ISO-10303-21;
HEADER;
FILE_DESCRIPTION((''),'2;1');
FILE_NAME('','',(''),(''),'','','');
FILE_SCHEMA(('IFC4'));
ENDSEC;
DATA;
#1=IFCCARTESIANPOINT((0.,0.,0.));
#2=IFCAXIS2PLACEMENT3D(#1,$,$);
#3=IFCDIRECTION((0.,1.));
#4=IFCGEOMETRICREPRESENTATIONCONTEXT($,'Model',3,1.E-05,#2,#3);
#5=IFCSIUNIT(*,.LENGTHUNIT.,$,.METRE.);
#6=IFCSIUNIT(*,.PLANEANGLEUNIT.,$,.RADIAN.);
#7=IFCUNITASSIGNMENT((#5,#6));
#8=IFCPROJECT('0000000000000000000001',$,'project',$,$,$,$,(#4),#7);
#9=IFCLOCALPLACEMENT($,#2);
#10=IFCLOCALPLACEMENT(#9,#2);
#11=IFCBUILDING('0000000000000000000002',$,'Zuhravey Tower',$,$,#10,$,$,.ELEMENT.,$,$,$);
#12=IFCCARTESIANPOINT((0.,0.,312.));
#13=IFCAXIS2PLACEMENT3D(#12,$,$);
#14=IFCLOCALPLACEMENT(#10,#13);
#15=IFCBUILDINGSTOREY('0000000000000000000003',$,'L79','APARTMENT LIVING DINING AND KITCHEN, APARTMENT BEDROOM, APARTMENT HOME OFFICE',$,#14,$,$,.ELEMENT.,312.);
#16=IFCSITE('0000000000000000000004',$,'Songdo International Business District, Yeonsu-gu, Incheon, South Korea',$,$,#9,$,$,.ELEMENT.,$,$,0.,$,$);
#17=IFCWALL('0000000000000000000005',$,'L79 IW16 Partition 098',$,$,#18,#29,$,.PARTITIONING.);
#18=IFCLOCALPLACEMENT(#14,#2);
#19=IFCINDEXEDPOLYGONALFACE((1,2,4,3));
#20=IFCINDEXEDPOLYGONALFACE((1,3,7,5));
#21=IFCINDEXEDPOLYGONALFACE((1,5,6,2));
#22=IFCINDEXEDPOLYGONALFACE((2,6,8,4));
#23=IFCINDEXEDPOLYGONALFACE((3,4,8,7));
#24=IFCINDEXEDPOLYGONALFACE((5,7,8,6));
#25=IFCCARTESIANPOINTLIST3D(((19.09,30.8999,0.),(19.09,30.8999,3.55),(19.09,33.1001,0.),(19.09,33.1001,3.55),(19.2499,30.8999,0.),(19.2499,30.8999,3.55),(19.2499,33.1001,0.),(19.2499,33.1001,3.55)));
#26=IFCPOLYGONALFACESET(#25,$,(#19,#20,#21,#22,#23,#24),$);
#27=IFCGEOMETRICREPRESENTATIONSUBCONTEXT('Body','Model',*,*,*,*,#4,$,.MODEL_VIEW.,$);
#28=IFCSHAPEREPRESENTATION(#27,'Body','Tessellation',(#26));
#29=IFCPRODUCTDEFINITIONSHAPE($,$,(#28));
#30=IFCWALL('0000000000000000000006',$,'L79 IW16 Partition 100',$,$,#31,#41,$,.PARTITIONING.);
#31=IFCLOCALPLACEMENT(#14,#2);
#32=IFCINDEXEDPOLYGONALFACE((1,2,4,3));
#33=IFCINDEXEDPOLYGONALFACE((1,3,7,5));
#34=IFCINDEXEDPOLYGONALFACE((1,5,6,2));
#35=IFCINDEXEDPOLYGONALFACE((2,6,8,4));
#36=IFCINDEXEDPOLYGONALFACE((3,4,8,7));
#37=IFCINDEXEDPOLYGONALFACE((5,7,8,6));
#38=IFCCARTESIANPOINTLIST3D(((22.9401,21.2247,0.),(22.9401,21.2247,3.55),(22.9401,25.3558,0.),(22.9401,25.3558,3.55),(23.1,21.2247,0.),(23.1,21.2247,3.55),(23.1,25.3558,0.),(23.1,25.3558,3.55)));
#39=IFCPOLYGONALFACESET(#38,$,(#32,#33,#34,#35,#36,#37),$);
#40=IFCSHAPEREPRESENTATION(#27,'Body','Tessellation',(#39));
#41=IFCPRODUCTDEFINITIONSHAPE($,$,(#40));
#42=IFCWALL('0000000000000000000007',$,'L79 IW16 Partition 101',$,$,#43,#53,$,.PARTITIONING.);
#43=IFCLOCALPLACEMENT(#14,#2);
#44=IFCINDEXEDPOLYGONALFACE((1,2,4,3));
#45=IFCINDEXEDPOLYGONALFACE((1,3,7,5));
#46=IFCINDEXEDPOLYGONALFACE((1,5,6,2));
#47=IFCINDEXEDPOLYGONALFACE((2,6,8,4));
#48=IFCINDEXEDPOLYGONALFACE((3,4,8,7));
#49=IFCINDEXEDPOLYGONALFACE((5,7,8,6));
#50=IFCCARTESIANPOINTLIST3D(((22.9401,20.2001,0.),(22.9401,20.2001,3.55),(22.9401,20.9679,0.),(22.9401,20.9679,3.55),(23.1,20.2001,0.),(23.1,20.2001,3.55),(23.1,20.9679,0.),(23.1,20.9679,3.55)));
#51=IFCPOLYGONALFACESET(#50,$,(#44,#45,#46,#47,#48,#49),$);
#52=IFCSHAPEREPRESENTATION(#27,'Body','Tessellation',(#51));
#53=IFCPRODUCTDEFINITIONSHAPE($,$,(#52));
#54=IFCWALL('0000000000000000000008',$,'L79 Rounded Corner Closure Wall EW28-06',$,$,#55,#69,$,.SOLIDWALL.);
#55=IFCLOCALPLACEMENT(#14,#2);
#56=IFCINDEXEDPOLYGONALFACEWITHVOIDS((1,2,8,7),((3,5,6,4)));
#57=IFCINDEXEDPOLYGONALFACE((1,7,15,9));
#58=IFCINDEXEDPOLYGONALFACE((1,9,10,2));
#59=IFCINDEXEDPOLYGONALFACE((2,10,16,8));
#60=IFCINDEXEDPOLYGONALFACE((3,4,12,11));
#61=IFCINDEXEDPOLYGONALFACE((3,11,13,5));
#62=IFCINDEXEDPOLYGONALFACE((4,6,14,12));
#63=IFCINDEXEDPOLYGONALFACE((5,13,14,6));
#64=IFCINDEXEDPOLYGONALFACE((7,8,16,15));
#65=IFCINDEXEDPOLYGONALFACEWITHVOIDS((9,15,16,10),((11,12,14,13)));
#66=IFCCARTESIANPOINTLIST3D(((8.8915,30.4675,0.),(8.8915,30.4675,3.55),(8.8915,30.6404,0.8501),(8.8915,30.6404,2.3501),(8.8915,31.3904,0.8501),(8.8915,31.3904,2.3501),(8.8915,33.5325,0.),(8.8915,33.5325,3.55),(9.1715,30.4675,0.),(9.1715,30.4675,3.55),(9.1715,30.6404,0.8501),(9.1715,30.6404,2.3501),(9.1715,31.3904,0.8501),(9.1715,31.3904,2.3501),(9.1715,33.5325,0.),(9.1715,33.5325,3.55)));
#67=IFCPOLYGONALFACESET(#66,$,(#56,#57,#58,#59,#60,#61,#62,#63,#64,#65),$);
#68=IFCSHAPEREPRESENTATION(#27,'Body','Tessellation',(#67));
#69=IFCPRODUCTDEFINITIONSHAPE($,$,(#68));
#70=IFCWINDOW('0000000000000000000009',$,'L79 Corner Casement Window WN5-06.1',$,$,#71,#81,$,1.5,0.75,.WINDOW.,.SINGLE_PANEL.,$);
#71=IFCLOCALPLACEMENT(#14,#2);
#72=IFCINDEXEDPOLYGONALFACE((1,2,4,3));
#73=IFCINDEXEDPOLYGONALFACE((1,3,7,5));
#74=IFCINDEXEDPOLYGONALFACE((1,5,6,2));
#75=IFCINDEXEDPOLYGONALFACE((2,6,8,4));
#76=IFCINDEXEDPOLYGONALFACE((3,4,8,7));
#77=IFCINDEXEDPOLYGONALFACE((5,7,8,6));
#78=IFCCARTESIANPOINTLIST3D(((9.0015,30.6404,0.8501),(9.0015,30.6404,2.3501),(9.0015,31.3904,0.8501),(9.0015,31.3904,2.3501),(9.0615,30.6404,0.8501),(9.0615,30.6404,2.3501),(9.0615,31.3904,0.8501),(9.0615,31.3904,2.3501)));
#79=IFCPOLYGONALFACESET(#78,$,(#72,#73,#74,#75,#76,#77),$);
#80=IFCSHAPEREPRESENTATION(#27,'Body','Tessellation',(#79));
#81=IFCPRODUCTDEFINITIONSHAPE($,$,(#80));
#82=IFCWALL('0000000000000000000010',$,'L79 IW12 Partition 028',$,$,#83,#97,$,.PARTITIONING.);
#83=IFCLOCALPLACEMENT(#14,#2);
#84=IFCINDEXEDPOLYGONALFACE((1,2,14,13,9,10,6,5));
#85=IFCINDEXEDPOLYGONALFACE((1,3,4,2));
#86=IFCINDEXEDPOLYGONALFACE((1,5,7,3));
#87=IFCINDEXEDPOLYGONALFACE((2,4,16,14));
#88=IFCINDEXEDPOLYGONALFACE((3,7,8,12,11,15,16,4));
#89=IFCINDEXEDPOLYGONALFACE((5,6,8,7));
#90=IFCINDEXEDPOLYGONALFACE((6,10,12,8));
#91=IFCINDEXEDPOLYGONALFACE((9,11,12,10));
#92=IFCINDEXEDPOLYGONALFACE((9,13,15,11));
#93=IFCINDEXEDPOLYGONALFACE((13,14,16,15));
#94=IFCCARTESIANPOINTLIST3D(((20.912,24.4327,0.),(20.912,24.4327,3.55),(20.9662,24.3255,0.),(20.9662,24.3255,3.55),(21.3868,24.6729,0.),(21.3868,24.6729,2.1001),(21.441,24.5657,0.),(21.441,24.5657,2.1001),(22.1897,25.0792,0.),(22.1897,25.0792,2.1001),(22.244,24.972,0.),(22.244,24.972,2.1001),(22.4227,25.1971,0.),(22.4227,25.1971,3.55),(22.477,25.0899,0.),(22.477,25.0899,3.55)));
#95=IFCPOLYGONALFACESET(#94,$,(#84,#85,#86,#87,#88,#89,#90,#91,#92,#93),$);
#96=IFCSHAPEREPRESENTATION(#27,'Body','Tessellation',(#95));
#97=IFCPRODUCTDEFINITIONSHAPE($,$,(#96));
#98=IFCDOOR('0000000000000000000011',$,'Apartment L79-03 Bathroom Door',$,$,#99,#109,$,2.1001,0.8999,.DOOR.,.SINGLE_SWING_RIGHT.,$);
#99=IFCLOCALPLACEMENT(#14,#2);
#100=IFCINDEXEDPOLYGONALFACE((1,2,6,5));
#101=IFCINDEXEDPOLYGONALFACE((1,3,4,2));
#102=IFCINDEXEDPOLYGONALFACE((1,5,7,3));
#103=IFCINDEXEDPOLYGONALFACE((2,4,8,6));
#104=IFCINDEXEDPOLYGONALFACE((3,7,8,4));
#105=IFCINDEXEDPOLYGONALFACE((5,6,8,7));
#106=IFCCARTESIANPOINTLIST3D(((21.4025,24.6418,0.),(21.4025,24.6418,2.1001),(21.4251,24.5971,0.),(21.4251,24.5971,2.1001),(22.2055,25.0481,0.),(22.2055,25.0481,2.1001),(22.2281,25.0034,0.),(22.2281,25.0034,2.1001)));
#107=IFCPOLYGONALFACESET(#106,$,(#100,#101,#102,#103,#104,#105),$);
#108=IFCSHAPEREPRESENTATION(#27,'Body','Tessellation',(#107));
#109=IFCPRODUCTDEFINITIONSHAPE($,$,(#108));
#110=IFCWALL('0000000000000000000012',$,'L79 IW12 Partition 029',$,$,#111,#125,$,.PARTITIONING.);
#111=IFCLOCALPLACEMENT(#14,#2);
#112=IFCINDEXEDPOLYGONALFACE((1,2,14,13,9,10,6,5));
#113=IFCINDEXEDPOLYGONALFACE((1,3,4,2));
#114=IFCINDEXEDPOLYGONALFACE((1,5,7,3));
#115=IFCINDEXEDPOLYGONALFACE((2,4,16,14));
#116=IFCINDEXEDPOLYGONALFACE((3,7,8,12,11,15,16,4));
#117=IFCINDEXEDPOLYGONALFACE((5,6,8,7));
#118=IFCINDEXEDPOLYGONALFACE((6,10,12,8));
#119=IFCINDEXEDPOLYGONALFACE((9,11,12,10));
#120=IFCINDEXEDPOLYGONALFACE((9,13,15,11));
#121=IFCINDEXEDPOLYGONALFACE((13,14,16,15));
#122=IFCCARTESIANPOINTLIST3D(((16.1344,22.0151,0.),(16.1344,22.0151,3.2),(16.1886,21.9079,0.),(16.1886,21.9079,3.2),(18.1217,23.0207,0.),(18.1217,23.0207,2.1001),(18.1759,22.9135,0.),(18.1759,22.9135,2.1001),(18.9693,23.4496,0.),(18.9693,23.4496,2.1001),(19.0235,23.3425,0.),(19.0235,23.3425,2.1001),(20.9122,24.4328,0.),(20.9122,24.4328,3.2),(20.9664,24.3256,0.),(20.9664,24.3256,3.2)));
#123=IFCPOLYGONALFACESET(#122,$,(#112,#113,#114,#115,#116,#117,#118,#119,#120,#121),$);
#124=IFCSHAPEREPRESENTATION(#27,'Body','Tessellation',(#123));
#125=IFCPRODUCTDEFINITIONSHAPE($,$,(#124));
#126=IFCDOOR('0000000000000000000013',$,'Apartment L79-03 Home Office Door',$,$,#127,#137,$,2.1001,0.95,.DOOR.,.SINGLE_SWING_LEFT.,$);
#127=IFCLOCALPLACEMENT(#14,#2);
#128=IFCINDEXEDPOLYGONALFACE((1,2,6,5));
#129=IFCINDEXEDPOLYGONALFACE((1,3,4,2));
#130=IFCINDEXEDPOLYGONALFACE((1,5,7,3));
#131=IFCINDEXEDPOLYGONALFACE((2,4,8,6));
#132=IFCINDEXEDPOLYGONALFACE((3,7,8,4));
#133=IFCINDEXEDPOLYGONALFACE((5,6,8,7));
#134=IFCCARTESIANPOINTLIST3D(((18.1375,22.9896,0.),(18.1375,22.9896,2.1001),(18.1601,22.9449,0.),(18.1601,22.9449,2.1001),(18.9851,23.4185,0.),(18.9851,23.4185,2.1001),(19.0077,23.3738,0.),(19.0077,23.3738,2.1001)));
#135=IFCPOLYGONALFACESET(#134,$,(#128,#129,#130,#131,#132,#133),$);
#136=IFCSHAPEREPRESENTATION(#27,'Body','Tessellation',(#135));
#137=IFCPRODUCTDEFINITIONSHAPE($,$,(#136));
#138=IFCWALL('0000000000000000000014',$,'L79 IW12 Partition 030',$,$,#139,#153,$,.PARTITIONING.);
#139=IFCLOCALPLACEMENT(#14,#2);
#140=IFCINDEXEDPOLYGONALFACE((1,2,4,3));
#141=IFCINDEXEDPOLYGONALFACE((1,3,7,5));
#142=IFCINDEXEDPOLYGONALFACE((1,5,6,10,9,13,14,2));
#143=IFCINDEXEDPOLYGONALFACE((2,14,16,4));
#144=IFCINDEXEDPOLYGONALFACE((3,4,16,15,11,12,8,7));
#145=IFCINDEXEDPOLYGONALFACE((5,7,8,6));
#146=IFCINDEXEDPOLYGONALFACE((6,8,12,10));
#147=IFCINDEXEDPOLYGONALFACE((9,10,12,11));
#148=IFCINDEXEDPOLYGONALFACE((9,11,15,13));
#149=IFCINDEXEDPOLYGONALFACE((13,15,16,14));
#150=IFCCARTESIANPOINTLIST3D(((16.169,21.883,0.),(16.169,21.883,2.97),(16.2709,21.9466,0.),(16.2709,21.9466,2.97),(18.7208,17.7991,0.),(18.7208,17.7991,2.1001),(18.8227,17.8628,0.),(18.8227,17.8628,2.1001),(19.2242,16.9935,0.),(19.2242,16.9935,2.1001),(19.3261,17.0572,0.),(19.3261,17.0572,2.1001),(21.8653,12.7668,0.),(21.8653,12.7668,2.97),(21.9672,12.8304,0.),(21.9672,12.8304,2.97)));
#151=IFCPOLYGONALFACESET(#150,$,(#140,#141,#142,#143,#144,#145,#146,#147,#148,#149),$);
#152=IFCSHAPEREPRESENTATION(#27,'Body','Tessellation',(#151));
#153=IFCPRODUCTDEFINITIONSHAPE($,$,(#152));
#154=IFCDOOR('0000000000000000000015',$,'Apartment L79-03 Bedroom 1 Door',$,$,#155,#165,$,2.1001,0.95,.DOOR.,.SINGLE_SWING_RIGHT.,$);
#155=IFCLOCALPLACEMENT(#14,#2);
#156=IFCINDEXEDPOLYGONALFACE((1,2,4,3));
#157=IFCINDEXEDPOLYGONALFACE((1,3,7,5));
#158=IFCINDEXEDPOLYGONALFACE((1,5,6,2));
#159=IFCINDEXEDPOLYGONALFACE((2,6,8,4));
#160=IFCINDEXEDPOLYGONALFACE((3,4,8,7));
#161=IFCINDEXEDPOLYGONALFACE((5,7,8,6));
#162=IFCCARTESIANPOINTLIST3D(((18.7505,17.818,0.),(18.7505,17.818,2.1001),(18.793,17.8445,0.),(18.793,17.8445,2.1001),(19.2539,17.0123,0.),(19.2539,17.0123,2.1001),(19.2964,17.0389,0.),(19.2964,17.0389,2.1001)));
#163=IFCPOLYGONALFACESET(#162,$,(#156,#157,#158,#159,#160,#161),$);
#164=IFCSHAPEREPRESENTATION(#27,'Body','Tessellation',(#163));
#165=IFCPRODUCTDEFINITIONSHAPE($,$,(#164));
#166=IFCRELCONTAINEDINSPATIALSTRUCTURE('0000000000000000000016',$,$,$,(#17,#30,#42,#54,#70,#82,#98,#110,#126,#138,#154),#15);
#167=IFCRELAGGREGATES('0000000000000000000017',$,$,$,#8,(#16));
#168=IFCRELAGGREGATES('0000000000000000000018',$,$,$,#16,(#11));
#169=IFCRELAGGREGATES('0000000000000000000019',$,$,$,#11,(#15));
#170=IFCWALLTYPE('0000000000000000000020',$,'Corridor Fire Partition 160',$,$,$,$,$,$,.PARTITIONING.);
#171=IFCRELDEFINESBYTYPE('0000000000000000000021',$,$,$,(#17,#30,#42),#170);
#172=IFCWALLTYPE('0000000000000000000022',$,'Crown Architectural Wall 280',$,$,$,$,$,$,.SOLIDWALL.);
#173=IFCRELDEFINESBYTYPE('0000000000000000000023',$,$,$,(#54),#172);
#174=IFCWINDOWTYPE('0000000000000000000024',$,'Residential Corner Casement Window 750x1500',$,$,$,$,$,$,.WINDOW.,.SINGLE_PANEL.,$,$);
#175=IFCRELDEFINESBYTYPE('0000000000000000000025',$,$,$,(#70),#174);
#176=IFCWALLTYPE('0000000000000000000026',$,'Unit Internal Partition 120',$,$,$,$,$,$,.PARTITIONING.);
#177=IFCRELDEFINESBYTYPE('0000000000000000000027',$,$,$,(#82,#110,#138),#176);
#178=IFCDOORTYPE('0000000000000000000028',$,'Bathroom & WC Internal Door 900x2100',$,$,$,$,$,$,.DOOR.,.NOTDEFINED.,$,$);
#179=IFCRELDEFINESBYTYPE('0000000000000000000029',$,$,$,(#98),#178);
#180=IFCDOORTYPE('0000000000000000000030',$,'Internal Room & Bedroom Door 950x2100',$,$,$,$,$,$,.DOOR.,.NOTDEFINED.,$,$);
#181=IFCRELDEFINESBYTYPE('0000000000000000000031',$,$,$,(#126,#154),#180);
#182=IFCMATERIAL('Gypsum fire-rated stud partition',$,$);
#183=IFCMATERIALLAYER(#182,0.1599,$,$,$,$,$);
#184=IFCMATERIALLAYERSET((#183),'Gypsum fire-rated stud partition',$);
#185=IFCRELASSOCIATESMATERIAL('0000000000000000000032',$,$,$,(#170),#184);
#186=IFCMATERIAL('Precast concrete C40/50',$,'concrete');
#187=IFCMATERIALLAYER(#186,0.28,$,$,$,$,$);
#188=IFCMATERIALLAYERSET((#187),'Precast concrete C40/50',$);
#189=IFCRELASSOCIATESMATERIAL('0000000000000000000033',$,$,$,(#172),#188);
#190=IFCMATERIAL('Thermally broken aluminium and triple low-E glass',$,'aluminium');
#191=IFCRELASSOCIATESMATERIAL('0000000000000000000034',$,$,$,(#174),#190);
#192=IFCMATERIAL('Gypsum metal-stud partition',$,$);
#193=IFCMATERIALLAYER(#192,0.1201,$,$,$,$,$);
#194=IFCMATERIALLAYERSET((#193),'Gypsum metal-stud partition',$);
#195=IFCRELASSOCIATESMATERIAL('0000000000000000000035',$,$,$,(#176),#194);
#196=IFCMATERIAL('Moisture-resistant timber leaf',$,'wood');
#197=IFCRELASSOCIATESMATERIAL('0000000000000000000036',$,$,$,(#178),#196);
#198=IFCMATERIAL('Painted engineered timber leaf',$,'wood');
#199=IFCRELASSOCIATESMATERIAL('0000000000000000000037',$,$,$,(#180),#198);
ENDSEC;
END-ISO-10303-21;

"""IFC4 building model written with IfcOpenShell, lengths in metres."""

from ifc_helpers import new_model, si_unit, direction, frame, frame_2d, origin, place, context, subcontext, project, spatial, rectangle, extrude, material, layer, layer_set, type_object, element, fill, save


model = new_model("IFC4")

# Units and contexts
model_context = context("Model", 3, precision=1e-05, world=origin(), true_north=direction((0.0, 1.0)))
body_context = subcontext(model_context, "Body", "Model", "MODEL_VIEW")
ifc_project = project(units=[si_unit("LENGTHUNIT", "METRE"), si_unit("PLANEANGLEUNIT", "RADIAN")], contexts=[model_context])

# Site, building, storey
site_placement = place(None, origin())
site = spatial("IfcSite", under=ifc_project, at=site_placement, Name="Songdo International Business District, Yeonsu-gu, Incheon, South Korea", CompositionType="ELEMENT", RefElevation=0.0)
building_placement = place(site_placement, origin())
building = spatial("IfcBuilding", under=site, at=building_placement, Name="Zuhravey Tower", CompositionType="ELEMENT")
storey_placement = place(building_placement, frame((0.0, 0.0, 312.0)))
storey = spatial("IfcBuildingStorey", under=building, at=storey_placement, Name="L79", Description="APARTMENT LIVING DINING AND KITCHEN, APARTMENT BEDROOM, APARTMENT HOME OFFICE", CompositionType="ELEMENT", Elevation=312.0)

# Walls
ifc_material_1 = material(Name="Gypsum fire-rated stud partition")
ifc_layer_1 = layer(ifc_material_1, 0.1599)
ifc_layer_set_1 = layer_set([ifc_layer_1], Name="Gypsum fire-rated stud partition")
wall_type_1 = type_object("IfcWallType", Name="Corridor Fire Partition 160", PredefinedType="PARTITIONING", material=ifc_layer_set_1)
wall_1_placement = place(storey_placement, frame((19.1699, 33.1001, 0.0), z_axis=(0.0, 0.0, 1.0), x_axis=(0.0, -1.0, 0.0)))
element("IfcWall", 1, at=wall_1_placement, inside=storey, type_object=wall_type_1, Name="L79 IW16 Partition 098", PredefinedType="PARTITIONING", context=body_context, shape_type="SweptSolid", body=[
    extrude(rectangle(XDim=2.2002, YDim=0.1599, at=frame_2d((1.1001, 0.0))), origin(), (0.0, 0.0, 1.0), 3.55),
])
wall_2_placement = place(storey_placement, frame((23.02, 25.3557, 0.0), z_axis=(0.0, 0.0, 1.0), x_axis=(0.0, -1.0, 0.0)))
element("IfcWall", 2, at=wall_2_placement, inside=storey, type_object=wall_type_1, Name="L79 IW16 Partition 100", PredefinedType="PARTITIONING", context=body_context, shape_type="SweptSolid", body=[
    extrude(rectangle(XDim=4.1311, YDim=0.1599, at=frame_2d((2.0654, 0.0))), origin(), (0.0, 0.0, 1.0), 3.55),
])
wall_3_placement = place(storey_placement, frame((23.02, 20.9678, 0.0), z_axis=(0.0, 0.0, 1.0), x_axis=(0.0, -1.0, 0.0)))
element("IfcWall", 3, at=wall_3_placement, inside=storey, type_object=wall_type_1, Name="L79 IW16 Partition 101", PredefinedType="PARTITIONING", context=body_context, shape_type="SweptSolid", body=[
    extrude(rectangle(XDim=0.7678, YDim=0.1599, at=frame_2d((0.3838, 0.0))), origin(), (0.0, 0.0, 1.0), 3.55),
])

# Wall, opening, window
ifc_material_2 = material(Name="Precast concrete C40/50", Category="concrete")
ifc_layer_2 = layer(ifc_material_2, 0.28)
ifc_layer_set_2 = layer_set([ifc_layer_2], Name="Precast concrete C40/50")
wall_type_2 = type_object("IfcWallType", Name="Crown Architectural Wall 280", PredefinedType="SOLIDWALL", material=ifc_layer_set_2)
wall_4_placement = place(storey_placement, frame((9.0315, 30.4675, 0.0), z_axis=(0.0, 0.0, 1.0), x_axis=(0.0, 1.0, 0.0)))
wall_4 = element("IfcWall", 4, at=wall_4_placement, inside=storey, type_object=wall_type_2, Name="L79 Rounded Corner Closure Wall EW28-06", PredefinedType="SOLIDWALL", context=body_context, shape_type="SweptSolid", body=[
    extrude(rectangle(XDim=3.0649, YDim=0.28, at=frame_2d((1.5325, 0.0))), origin(), (0.0, 0.0, 1.0), 3.55),
])
opening_1_placement = place(wall_4_placement, frame((0.1729, 0.0, 0.8501)))
opening_1 = element("IfcOpeningElement", 5, at=opening_1_placement, cuts=wall_4, PredefinedType="OPENING", context=body_context, shape_type="SweptSolid", body=[
    extrude(rectangle(XDim=0.75, YDim=1.5, at=frame_2d((0.375, 0.75))), frame((0.0, 0.1521, 0.0), z_axis=(0.0, -1.0, 0.0), x_axis=(1.0, 0.0, 0.0)), (0.0, 0.0, 1.0), 0.304),
])
ifc_material_3 = material(Name="Thermally broken aluminium and triple low-E glass", Category="aluminium")
window_type = type_object("IfcWindowType", Name="Residential Corner Casement Window 750x1500", PartitioningType="SINGLE_PANEL", PredefinedType="WINDOW", material=ifc_material_3)
window_placement = place(opening_1_placement, origin())
window = element("IfcWindow", 6, at=window_placement, inside=storey, type_object=window_type, Name="L79 Corner Casement Window WN5-06.1", OverallHeight=1.5, OverallWidth=0.75, PartitioningType="SINGLE_PANEL", PredefinedType="WINDOW", context=body_context, shape_type="SweptSolid", body=[
    extrude(rectangle(XDim=0.75, YDim=1.5, at=frame_2d((0.375, 0.75))), frame((0.0, 0.03, 0.0), z_axis=(0.0, -1.0, 0.0), x_axis=(1.0, 0.0, 0.0)), (0.0, 0.0, 1.0), 0.0601),
])
fill(opening_1, window)

# Walls, openings, doors
ifc_material_4 = material(Name="Gypsum metal-stud partition")
ifc_layer_3 = layer(ifc_material_4, 0.1201)
ifc_layer_set_3 = layer_set([ifc_layer_3], Name="Gypsum metal-stud partition")
wall_type_3 = type_object("IfcWallType", Name="Unit Internal Partition 120", PredefinedType="PARTITIONING", material=ifc_layer_set_3)
wall_5_placement = place(storey_placement, frame((22.45, 25.1436, 0.0), z_axis=(0.0, 0.0, 1.0), x_axis=(-0.892283, -0.451477, 0.0)))
wall_5 = element("IfcWall", 7, at=wall_5_placement, inside=storey, type_object=wall_type_3, Name="L79 IW12 Partition 028", PredefinedType="PARTITIONING", context=body_context, shape_type="SweptSolid", body=[
    extrude(rectangle(XDim=1.6931, YDim=0.1201, at=frame_2d((0.8467, 0.0))), origin(), (0.0, 0.0, 1.0), 3.55),
])
opening_2_placement = place(wall_5_placement, frame((0.2612, 0.0, 0.0)))
opening_2 = element("IfcOpeningElement", 8, at=opening_2_placement, cuts=wall_5, PredefinedType="OPENING", context=body_context, shape_type="SweptSolid", body=[
    extrude(rectangle(XDim=0.8999, YDim=2.1001, at=frame_2d((0.45, 1.05))), frame((0.0, 0.072, 0.0), z_axis=(0.0, -1.0, 0.0), x_axis=(1.0, 0.0, 0.0)), (0.0, 0.0, 1.0), 0.144),
])
ifc_material_5 = material(Name="Moisture-resistant timber leaf", Category="wood")
door_type_1 = type_object("IfcDoorType", Name="Bathroom & WC Internal Door 900x2100", OperationType="NOTDEFINED", PredefinedType="DOOR", material=ifc_material_5)
door_1_placement = place(opening_2_placement, origin())
door_1 = element("IfcDoor", 9, at=door_1_placement, inside=storey, type_object=door_type_1, Name="Apartment L79-03 Bathroom Door", OperationType="SINGLE_SWING_RIGHT", OverallHeight=2.1001, OverallWidth=0.8999, PredefinedType="DOOR", context=body_context, shape_type="SweptSolid", body=[
    extrude(rectangle(XDim=0.8999, YDim=2.1001, at=frame_2d((0.45, 1.05))), frame((0.0, 0.0249, 0.0), z_axis=(0.0, -1.0, 0.0), x_axis=(1.0, 0.0, 0.0)), (0.0, 0.0, 1.0), 0.05),
])
fill(opening_2, door_1)
wall_6_placement = place(storey_placement, frame((20.9392, 24.3792, 0.0), z_axis=(0.0, 0.0, 1.0), x_axis=(-0.892265, -0.451512, 0.0)))
wall_6 = element("IfcWall", 10, at=wall_6_placement, inside=storey, type_object=wall_type_3, Name="L79 IW12 Partition 029", PredefinedType="PARTITIONING", context=body_context, shape_type="SweptSolid", body=[
    extrude(rectangle(XDim=5.3547, YDim=0.1201, at=frame_2d((2.6772, 0.0))), origin(), (0.0, 0.0, 1.0), 3.2),
])
opening_3_placement = place(wall_6_placement, frame((2.1772, 0.0, 0.0)))
opening_3 = element("IfcOpeningElement", 11, at=opening_3_placement, cuts=wall_6, PredefinedType="OPENING", context=body_context, shape_type="SweptSolid", body=[
    extrude(rectangle(XDim=0.95, YDim=2.1001, at=frame_2d((0.4751, 1.05))), frame((0.0, 0.072, 0.0), z_axis=(0.0, -1.0, 0.0), x_axis=(1.0, 0.0, 0.0)), (0.0, 0.0, 1.0), 0.144),
])
ifc_material_6 = material(Name="Painted engineered timber leaf", Category="wood")
door_type_2 = type_object("IfcDoorType", Name="Internal Room & Bedroom Door 950x2100", OperationType="NOTDEFINED", PredefinedType="DOOR", material=ifc_material_6)
door_2_placement = place(opening_3_placement, origin())
door_2 = element("IfcDoor", 12, at=door_2_placement, inside=storey, type_object=door_type_2, Name="Apartment L79-03 Home Office Door", OperationType="SINGLE_SWING_LEFT", OverallHeight=2.1001, OverallWidth=0.95, PredefinedType="DOOR", context=body_context, shape_type="SweptSolid", body=[
    extrude(rectangle(XDim=0.95, YDim=2.1001, at=frame_2d((0.4751, 1.05))), frame((0.0, 0.0249, 0.0), z_axis=(0.0, -1.0, 0.0), x_axis=(1.0, 0.0, 0.0)), (0.0, 0.0, 1.0), 0.05),
])
fill(opening_3, door_2)
wall_7_placement = place(storey_placement, frame((16.22, 21.9148, 0.0), z_axis=(0.0, 0.0, 1.0), x_axis=(0.529909, -0.848054, 0.0)))
wall_7 = element("IfcWall", 13, at=wall_7_placement, inside=storey, type_object=wall_type_3, Name="L79 IW12 Partition 030", PredefinedType="PARTITIONING", context=body_context, shape_type="SweptSolid", body=[
    extrude(rectangle(XDim=10.7495, YDim=0.1201, at=frame_2d((5.3748, 0.0))), origin(), (0.0, 0.0, 1.0), 2.97),
])
opening_4_placement = place(wall_7_placement, frame((4.8154, 0.0, 0.0)))
opening_4 = element("IfcOpeningElement", 14, at=opening_4_placement, cuts=wall_7, PredefinedType="OPENING", context=body_context, shape_type="SweptSolid", body=[
    extrude(rectangle(XDim=0.95, YDim=2.1001, at=frame_2d((0.4751, 1.05))), frame((0.0, 0.072, 0.0), z_axis=(0.0, -1.0, 0.0), x_axis=(1.0, 0.0, 0.0)), (0.0, 0.0, 1.0), 0.144),
])
door_3_placement = place(opening_4_placement, frame((0.95, 0.0, 0.0), z_axis=(0.0, 0.0, 1.0), x_axis=(-1.0, 0.0, 0.0)))
door_3 = element("IfcDoor", 15, at=door_3_placement, inside=storey, type_object=door_type_2, Name="Apartment L79-03 Bedroom 1 Door", OperationType="SINGLE_SWING_RIGHT", OverallHeight=2.1001, OverallWidth=0.95, PredefinedType="DOOR", context=body_context, shape_type="SweptSolid", body=[
    extrude(rectangle(XDim=0.95, YDim=2.1001, at=frame_2d((0.4751, 1.05))), frame((0.0, 0.0249, 0.0), z_axis=(0.0, -1.0, 0.0), x_axis=(1.0, 0.0, 0.0)), (0.0, 0.0, 1.0), 0.05),
])
fill(opening_4, door_3)

save(model, "model.ifc")
